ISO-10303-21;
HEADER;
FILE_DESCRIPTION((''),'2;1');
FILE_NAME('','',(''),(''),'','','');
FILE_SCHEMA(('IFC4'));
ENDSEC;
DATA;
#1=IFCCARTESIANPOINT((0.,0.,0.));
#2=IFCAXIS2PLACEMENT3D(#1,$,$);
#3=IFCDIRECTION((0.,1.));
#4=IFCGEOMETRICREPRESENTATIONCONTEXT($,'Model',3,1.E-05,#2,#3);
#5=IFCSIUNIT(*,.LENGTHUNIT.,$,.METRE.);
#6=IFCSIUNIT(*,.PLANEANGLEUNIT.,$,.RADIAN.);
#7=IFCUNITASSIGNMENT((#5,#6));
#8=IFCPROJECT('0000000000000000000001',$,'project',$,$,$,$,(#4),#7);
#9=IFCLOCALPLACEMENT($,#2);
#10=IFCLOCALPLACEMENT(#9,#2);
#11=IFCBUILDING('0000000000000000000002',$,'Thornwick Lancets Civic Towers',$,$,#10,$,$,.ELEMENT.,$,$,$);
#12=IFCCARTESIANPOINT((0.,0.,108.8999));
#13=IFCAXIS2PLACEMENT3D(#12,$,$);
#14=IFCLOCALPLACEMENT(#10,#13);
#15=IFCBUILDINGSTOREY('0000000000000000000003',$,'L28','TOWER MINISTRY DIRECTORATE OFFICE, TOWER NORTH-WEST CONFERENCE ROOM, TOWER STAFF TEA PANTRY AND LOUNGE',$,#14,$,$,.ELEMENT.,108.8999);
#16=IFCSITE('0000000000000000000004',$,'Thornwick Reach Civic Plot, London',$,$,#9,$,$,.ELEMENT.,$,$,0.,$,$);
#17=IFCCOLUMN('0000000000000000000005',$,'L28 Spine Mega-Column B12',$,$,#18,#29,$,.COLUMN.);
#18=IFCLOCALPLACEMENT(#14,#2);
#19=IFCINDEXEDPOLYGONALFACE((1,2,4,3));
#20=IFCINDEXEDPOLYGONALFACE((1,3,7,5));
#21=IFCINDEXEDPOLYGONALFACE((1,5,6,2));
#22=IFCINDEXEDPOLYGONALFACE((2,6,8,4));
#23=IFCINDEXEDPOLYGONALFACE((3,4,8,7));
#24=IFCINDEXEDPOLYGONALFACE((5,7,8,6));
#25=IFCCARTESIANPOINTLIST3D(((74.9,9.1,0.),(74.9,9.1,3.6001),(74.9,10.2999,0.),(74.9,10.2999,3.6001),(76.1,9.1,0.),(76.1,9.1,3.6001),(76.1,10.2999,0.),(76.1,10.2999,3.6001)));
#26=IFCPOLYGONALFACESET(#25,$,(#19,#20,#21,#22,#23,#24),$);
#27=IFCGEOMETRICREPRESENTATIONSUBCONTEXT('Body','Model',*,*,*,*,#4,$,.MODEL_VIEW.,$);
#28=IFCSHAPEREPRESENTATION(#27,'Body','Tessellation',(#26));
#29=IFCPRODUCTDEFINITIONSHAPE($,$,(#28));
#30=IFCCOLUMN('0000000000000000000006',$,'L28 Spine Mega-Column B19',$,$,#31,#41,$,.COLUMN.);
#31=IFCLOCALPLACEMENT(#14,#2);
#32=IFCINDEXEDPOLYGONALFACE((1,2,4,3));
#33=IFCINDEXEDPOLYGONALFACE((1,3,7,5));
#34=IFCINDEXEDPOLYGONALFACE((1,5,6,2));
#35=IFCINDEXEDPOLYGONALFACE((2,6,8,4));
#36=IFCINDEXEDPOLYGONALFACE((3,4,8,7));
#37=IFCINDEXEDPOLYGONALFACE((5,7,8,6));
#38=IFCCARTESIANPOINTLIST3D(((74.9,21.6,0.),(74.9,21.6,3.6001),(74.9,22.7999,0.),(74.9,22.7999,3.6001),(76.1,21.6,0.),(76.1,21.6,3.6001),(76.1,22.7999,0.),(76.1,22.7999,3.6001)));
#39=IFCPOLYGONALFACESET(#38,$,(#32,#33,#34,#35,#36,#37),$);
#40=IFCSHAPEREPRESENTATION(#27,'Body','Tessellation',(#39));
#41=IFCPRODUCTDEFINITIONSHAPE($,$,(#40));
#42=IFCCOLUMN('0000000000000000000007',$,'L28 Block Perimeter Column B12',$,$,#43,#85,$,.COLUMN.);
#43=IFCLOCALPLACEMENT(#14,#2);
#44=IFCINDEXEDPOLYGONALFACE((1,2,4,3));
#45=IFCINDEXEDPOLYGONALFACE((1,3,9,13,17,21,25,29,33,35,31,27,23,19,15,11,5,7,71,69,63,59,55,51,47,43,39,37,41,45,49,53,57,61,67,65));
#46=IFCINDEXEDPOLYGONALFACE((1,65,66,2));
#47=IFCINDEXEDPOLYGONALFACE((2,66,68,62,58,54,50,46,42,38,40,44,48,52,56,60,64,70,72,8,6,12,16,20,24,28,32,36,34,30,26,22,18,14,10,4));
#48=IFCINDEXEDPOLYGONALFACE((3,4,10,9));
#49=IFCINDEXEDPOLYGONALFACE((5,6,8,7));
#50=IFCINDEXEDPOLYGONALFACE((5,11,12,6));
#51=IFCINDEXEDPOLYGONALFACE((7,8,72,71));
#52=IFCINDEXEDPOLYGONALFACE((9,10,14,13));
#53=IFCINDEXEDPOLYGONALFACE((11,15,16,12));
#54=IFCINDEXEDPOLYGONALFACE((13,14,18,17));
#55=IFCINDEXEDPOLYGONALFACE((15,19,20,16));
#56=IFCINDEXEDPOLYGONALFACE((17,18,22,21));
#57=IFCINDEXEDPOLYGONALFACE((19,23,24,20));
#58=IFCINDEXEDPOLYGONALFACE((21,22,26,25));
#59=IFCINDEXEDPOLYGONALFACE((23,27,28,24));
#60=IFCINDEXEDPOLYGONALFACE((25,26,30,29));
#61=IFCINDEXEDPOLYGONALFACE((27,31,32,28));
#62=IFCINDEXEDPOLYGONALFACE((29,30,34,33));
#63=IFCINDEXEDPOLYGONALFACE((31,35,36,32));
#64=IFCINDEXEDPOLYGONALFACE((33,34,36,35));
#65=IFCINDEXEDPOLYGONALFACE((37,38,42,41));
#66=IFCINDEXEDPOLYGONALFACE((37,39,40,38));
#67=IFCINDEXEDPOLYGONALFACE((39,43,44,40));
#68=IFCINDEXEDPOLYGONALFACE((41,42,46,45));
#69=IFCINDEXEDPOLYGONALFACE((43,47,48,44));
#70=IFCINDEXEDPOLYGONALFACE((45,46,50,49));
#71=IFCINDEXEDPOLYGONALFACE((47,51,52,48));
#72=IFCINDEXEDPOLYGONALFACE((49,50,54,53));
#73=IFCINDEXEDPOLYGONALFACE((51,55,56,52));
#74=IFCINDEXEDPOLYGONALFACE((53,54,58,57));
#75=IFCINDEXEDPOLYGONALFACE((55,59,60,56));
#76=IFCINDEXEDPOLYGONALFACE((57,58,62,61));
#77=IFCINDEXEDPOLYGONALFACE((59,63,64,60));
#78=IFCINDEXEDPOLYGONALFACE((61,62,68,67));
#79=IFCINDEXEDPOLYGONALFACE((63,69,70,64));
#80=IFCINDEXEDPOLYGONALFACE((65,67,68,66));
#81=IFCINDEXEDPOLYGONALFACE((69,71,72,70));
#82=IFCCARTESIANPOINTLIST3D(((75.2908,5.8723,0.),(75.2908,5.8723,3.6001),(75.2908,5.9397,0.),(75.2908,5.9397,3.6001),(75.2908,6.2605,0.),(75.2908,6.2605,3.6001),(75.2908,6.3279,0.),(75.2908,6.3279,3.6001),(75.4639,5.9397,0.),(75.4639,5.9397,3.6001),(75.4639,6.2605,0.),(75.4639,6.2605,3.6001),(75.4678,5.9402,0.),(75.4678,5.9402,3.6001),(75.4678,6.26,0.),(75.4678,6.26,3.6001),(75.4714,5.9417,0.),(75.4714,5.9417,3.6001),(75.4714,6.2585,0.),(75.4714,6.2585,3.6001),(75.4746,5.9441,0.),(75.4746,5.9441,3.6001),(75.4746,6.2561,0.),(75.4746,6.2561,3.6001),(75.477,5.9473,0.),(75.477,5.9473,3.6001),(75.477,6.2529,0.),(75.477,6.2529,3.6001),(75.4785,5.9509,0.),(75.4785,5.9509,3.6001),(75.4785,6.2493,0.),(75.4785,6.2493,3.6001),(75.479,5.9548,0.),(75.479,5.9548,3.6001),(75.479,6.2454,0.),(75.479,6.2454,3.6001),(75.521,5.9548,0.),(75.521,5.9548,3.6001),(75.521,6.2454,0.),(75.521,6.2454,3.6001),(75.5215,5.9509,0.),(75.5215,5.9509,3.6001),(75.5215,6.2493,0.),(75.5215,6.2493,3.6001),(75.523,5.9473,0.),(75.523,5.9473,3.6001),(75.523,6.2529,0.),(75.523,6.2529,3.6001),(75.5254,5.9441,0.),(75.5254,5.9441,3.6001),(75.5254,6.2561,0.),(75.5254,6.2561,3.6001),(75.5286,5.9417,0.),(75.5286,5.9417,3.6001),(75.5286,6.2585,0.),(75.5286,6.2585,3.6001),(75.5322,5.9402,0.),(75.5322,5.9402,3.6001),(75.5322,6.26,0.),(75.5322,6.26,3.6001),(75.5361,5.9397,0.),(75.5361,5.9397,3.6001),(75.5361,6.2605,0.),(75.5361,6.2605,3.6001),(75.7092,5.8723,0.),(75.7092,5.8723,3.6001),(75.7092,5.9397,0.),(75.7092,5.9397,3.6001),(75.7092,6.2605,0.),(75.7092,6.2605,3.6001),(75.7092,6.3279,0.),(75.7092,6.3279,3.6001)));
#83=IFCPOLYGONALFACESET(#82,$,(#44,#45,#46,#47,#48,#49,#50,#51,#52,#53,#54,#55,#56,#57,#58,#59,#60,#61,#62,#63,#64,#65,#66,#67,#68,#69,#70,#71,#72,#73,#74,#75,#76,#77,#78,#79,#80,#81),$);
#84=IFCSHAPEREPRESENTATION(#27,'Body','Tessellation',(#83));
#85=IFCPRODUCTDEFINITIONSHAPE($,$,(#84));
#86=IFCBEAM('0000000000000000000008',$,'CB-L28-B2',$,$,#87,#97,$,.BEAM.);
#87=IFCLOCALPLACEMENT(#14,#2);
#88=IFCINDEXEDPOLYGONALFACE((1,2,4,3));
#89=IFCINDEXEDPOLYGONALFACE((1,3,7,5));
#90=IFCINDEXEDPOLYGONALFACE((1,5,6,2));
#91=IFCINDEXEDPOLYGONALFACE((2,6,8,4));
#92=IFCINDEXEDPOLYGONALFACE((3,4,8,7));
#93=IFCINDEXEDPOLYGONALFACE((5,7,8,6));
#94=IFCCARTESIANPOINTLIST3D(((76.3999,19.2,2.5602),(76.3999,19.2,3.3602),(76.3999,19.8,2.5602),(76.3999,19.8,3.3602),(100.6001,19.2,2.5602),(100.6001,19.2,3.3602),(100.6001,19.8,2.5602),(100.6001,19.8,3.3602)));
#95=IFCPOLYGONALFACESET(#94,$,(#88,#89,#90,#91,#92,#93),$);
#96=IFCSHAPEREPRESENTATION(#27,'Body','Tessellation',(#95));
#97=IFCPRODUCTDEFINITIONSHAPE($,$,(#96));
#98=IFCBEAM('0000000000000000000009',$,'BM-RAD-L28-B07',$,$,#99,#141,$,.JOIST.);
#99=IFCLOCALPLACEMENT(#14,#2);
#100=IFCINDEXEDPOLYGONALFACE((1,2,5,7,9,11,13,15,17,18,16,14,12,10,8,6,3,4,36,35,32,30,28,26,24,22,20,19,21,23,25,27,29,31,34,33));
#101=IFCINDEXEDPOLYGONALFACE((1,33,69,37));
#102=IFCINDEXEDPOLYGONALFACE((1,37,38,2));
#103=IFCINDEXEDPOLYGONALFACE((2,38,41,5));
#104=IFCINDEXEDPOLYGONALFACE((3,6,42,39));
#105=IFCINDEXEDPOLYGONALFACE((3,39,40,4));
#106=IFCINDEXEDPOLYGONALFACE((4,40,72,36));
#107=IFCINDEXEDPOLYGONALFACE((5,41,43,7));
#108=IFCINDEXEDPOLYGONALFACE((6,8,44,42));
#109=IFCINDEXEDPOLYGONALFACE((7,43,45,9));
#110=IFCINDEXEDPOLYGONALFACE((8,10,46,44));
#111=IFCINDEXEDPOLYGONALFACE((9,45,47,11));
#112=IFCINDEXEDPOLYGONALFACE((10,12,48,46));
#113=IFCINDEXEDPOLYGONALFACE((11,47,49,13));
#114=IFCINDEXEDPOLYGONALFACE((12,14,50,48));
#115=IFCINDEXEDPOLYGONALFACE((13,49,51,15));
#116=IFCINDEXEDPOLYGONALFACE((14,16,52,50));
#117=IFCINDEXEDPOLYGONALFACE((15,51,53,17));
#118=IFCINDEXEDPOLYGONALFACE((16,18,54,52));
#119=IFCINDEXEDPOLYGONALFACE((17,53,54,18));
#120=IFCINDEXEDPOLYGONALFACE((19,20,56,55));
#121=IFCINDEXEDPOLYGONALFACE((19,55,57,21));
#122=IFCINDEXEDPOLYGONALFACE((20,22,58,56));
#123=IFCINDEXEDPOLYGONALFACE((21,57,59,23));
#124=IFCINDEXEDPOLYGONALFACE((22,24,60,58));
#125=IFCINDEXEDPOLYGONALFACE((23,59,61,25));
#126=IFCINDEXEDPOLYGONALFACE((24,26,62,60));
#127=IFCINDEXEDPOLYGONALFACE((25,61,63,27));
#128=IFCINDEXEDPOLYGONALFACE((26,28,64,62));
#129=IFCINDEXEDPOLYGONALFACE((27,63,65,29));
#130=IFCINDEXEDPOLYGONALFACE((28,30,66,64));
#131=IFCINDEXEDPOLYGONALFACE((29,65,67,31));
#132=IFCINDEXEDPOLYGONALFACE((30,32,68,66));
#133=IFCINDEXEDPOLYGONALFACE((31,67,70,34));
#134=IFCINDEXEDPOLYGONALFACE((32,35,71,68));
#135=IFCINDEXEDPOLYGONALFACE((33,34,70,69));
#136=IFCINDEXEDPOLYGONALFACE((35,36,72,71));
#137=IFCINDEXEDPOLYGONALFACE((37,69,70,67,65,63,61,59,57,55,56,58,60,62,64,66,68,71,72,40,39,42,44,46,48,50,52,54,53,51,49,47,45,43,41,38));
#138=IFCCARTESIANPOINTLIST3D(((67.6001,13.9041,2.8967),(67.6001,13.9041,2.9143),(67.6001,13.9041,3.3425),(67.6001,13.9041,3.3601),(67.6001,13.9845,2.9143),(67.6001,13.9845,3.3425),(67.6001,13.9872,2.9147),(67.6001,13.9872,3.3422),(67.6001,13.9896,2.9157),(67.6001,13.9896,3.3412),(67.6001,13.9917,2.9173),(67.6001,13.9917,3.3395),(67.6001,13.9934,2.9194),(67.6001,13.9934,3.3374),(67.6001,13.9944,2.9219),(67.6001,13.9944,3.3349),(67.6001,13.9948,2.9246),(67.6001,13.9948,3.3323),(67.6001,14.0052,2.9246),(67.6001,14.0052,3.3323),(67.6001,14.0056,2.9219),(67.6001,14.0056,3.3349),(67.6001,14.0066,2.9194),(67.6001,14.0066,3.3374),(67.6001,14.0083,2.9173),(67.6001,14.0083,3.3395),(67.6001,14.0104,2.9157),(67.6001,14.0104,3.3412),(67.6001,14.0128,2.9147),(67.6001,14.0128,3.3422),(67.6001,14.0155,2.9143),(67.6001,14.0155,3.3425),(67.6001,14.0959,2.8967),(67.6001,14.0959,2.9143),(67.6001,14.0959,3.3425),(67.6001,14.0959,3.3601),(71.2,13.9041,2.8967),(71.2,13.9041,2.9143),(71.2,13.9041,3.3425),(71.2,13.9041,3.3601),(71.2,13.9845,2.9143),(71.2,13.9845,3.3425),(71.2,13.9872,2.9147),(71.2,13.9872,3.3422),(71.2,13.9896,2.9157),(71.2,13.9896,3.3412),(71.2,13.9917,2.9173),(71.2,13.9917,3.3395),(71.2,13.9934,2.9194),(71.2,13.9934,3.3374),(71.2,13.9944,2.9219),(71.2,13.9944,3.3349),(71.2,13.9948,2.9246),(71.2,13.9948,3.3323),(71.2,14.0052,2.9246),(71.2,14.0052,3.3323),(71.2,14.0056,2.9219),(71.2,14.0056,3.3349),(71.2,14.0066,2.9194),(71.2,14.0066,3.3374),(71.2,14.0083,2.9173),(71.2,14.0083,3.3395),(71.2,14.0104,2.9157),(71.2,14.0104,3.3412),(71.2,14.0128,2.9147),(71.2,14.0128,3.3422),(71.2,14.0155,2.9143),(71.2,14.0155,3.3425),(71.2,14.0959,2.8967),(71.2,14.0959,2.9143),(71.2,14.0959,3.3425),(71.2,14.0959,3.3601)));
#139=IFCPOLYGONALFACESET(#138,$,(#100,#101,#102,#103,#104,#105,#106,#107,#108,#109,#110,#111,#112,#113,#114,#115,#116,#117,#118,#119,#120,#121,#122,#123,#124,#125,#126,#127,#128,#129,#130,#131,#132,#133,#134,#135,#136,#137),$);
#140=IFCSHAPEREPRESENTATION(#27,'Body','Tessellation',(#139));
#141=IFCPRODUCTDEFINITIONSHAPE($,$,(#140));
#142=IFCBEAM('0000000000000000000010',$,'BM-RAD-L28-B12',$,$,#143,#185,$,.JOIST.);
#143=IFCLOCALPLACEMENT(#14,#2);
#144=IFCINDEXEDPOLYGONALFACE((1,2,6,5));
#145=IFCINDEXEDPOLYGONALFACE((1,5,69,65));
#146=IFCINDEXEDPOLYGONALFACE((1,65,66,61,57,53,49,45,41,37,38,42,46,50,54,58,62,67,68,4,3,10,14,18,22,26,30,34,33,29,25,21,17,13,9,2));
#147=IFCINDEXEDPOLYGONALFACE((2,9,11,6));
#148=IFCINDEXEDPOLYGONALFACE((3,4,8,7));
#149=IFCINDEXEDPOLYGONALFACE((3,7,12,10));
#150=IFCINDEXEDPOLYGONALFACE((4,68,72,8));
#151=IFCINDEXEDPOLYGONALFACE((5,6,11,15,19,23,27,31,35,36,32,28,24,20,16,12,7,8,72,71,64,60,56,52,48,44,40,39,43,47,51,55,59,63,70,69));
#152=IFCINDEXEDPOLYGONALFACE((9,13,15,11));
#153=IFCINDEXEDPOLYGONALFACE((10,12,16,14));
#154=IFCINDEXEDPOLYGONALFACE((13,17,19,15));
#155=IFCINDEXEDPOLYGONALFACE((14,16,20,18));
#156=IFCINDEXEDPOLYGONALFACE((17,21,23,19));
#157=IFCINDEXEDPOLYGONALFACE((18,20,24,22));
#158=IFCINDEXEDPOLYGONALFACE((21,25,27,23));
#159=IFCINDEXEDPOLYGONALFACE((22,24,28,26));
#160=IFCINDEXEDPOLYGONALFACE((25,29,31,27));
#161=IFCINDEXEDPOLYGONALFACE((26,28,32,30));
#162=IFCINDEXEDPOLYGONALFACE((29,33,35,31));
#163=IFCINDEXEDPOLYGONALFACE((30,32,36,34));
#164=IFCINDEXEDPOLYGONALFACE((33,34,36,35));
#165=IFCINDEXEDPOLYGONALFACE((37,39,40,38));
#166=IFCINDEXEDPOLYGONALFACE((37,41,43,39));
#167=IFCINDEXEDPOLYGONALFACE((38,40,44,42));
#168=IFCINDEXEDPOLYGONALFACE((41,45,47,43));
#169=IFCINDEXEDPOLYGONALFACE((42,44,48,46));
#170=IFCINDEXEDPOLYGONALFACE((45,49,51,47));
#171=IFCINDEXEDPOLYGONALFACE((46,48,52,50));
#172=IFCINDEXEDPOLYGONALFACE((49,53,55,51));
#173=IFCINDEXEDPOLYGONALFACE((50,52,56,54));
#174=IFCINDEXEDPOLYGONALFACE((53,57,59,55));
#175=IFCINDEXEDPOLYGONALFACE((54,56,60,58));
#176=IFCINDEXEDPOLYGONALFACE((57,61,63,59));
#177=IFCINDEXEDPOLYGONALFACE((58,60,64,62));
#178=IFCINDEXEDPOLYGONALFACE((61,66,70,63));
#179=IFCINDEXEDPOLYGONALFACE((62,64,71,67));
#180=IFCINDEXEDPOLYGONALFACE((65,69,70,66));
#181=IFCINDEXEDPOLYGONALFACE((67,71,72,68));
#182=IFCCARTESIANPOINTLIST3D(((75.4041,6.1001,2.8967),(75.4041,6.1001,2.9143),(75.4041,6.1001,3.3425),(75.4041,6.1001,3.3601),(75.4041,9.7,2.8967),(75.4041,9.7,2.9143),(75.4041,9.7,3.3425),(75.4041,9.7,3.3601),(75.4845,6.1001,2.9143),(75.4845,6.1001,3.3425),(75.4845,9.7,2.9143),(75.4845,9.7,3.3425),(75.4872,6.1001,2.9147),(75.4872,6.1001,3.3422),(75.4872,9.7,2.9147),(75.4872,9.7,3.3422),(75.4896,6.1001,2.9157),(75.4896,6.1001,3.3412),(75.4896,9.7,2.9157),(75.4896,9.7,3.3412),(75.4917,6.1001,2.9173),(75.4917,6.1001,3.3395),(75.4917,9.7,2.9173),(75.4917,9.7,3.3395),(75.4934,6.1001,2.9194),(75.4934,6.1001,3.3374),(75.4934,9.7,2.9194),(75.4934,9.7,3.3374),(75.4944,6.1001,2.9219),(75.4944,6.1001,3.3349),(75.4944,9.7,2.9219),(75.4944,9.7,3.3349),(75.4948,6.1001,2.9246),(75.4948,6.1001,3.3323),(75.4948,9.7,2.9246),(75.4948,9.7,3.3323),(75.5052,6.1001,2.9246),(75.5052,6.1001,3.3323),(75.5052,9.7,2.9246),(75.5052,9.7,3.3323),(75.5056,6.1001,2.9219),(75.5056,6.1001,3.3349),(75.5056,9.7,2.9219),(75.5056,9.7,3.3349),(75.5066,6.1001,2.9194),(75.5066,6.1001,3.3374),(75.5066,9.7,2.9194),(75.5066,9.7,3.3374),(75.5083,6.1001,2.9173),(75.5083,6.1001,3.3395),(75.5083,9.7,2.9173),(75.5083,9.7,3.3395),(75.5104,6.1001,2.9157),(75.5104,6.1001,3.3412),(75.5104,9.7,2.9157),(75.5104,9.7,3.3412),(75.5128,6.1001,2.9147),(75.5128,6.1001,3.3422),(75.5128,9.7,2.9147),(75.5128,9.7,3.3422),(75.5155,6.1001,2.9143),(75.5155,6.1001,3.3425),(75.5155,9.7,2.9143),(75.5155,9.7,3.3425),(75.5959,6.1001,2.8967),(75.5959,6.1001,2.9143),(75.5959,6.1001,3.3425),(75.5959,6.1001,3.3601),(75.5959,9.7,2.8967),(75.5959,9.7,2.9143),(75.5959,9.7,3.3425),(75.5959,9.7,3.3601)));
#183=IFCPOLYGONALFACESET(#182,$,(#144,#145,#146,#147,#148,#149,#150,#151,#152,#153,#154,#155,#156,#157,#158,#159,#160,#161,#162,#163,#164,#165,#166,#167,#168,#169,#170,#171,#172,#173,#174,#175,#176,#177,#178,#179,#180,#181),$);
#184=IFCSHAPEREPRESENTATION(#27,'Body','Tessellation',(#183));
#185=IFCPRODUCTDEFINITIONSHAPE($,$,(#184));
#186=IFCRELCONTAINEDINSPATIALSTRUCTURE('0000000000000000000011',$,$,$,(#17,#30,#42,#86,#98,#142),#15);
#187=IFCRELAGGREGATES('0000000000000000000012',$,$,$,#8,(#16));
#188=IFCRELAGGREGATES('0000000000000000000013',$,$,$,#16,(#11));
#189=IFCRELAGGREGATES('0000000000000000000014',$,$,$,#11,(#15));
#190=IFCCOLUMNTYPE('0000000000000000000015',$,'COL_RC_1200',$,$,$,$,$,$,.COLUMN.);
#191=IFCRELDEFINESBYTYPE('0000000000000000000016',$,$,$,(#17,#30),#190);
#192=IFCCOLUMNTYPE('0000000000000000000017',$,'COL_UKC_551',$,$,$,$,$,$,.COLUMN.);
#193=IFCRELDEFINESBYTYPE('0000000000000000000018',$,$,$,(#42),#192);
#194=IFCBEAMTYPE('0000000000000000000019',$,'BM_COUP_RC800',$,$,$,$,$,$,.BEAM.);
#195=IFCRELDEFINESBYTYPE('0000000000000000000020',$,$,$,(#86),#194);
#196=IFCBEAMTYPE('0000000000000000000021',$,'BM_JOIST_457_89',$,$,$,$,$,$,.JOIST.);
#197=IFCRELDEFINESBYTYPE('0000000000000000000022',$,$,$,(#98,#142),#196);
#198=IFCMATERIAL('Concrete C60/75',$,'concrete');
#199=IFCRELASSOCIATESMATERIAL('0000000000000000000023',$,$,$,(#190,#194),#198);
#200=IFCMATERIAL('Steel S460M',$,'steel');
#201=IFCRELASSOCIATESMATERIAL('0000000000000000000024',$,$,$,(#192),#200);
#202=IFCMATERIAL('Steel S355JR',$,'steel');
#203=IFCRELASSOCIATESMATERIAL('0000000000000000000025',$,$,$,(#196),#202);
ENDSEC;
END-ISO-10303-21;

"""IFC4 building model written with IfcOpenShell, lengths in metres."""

from ifc_helpers import new_model, si_unit, direction, frame, origin, origin_2d, place, context, subcontext, project, spatial, rectangle, i_section, extrude, material, material_profile, profile_set, type_object, element, save


model = new_model("IFC4")

# Units and contexts
model_context = context("Model", 3, precision=1e-05, world=origin(), true_north=direction((0.0, 1.0)))
body_context = subcontext(model_context, "Body", "Model", "MODEL_VIEW")
ifc_project = project(units=[si_unit("LENGTHUNIT", "METRE"), si_unit("PLANEANGLEUNIT", "RADIAN")], contexts=[model_context])

# Site, building, storey
site_placement = place(None, origin())
site = spatial("IfcSite", under=ifc_project, at=site_placement, Name="Thornwick Reach Civic Plot, London", CompositionType="ELEMENT", RefElevation=0.0)
building_placement = place(site_placement, origin())
building = spatial("IfcBuilding", under=site, at=building_placement, Name="Thornwick Lancets Civic Towers", CompositionType="ELEMENT")
storey_placement = place(building_placement, frame((0.0, 0.0, 108.8999)))
storey = spatial("IfcBuildingStorey", under=building, at=storey_placement, Name="L28", Description="TOWER MINISTRY DIRECTORATE OFFICE, TOWER NORTH-WEST CONFERENCE ROOM, TOWER STAFF TEA PANTRY AND LOUNGE", CompositionType="ELEMENT", Elevation=108.8999)

# Columns
ifc_material_1 = material(Name="Concrete C60/75", Category="concrete")
ifc_material_profile_1 = material_profile(ifc_material_1, rectangle(XDim=1.2, YDim=1.2, at=origin_2d()), Name="RC 1200x1200")
ifc_profile_set_1 = profile_set([ifc_material_profile_1], Name="Concrete C60/75")
column_type_1 = type_object("IfcColumnType", Name="COL_RC_1200", PredefinedType="COLUMN", material=ifc_profile_set_1)
for number, where, z_axis, x_axis, name in (
    (1, (75.5, 9.7, 0.0), (0.0, 0.0, 1.0), (1.0, 0.0, 0.0), "L28 Spine Mega-Column B12"),
    (2, (75.5, 22.2, 0.0), (0.0, 0.0, 1.0), (1.0, 0.0, 0.0), "L28 Spine Mega-Column B19"),
):
    element("IfcColumn", number, at=place(storey_placement, frame(where, z_axis=z_axis, x_axis=x_axis)), inside=storey, type_object=column_type_1, Name=name, PredefinedType="COLUMN", context=body_context, shape_type="SweptSolid", body=[
        extrude(rectangle(XDim=1.2, YDim=1.2, at=origin_2d()), origin(), (0.0, 0.0, 1.0), 3.6001),
    ])
ifc_material_2 = material(Name="Steel S460M", Category="steel")
ifc_material_profile_2 = material_profile(ifc_material_2, i_section(OverallWidth=0.4185, OverallDepth=0.4556, WebThickness=0.042, FlangeThickness=0.0674, FilletRadius=0.0151, at=origin_2d()), Name="UKC 356x406x551")
ifc_profile_set_2 = profile_set([ifc_material_profile_2], Name="Steel S460M")
column_type_2 = type_object("IfcColumnType", Name="COL_UKC_551", PredefinedType="COLUMN", material=ifc_profile_set_2)
column_placement = place(storey_placement, frame((75.5, 6.1001, 0.0), z_axis=(0.0, 0.0, 1.0), x_axis=(1.0, 0.0, 0.0)))
element("IfcColumn", 3, at=column_placement, inside=storey, type_object=column_type_2, Name="L28 Block Perimeter Column B12", PredefinedType="COLUMN", context=body_context, shape_type="SweptSolid", body=[
    extrude(i_section(OverallWidth=0.4185, OverallDepth=0.4556, WebThickness=0.042, FlangeThickness=0.0674, FilletRadius=0.0151, at=origin_2d()), origin(), (0.0, 0.0, 1.0), 3.6001),
])

# Beams
ifc_material_profile_3 = material_profile(ifc_material_1, rectangle(XDim=0.6001, YDim=0.8, at=origin_2d()), Name="RC 600x800")
ifc_profile_set_3 = profile_set([ifc_material_profile_3], Name="Concrete C60/75")
beam_type_1 = type_object("IfcBeamType", Name="BM_COUP_RC800", PredefinedType="BEAM", material=ifc_profile_set_3)
beam_1_placement = place(storey_placement, frame((76.3999, 19.5, 2.9602), z_axis=(1.0, 0.0, 0.0), x_axis=(0.0, 1.0, 0.0)))
element("IfcBeam", 4, at=beam_1_placement, inside=storey, type_object=beam_type_1, Name="CB-L28-B2", PredefinedType="BEAM", context=body_context, shape_type="SweptSolid", body=[
    extrude(rectangle(XDim=0.6001, YDim=0.8, at=origin_2d()), origin(), (0.0, 0.0, 1.0), 24.2002),
])
ifc_material_3 = material(Name="Steel S355JR", Category="steel")
ifc_material_profile_4 = material_profile(ifc_material_3, i_section(OverallWidth=0.1919, OverallDepth=0.4634, WebThickness=0.0105, FlangeThickness=0.0176, FilletRadius=0.0103, at=origin_2d()), Name="UKB 457x191x89")
ifc_profile_set_4 = profile_set([ifc_material_profile_4], Name="Steel S355JR")
beam_type_2 = type_object("IfcBeamType", Name="BM_JOIST_457_89", PredefinedType="JOIST", material=ifc_profile_set_4)
for number, where, z_axis, x_axis, name in (
    (5, (71.2, 14.0, 3.1284), (-1.0, 0.0, 0.0), (0.0, -1.0, 0.0), "BM-RAD-L28-B07"),
    (6, (75.5, 9.7, 3.1284), (0.0, -1.0, 0.0), (1.0, 0.0, 0.0), "BM-RAD-L28-B12"),
):
    element("IfcBeam", number, at=place(storey_placement, frame(where, z_axis=z_axis, x_axis=x_axis)), inside=storey, type_object=beam_type_2, Name=name, PredefinedType="JOIST", context=body_context, shape_type="SweptSolid", body=[
        extrude(i_section(OverallWidth=0.1919, OverallDepth=0.4634, WebThickness=0.0105, FlangeThickness=0.0176, FilletRadius=0.0103, at=origin_2d()), origin(), (0.0, 0.0, 1.0), 3.5999),
    ])

save(model, "model.ifc")
